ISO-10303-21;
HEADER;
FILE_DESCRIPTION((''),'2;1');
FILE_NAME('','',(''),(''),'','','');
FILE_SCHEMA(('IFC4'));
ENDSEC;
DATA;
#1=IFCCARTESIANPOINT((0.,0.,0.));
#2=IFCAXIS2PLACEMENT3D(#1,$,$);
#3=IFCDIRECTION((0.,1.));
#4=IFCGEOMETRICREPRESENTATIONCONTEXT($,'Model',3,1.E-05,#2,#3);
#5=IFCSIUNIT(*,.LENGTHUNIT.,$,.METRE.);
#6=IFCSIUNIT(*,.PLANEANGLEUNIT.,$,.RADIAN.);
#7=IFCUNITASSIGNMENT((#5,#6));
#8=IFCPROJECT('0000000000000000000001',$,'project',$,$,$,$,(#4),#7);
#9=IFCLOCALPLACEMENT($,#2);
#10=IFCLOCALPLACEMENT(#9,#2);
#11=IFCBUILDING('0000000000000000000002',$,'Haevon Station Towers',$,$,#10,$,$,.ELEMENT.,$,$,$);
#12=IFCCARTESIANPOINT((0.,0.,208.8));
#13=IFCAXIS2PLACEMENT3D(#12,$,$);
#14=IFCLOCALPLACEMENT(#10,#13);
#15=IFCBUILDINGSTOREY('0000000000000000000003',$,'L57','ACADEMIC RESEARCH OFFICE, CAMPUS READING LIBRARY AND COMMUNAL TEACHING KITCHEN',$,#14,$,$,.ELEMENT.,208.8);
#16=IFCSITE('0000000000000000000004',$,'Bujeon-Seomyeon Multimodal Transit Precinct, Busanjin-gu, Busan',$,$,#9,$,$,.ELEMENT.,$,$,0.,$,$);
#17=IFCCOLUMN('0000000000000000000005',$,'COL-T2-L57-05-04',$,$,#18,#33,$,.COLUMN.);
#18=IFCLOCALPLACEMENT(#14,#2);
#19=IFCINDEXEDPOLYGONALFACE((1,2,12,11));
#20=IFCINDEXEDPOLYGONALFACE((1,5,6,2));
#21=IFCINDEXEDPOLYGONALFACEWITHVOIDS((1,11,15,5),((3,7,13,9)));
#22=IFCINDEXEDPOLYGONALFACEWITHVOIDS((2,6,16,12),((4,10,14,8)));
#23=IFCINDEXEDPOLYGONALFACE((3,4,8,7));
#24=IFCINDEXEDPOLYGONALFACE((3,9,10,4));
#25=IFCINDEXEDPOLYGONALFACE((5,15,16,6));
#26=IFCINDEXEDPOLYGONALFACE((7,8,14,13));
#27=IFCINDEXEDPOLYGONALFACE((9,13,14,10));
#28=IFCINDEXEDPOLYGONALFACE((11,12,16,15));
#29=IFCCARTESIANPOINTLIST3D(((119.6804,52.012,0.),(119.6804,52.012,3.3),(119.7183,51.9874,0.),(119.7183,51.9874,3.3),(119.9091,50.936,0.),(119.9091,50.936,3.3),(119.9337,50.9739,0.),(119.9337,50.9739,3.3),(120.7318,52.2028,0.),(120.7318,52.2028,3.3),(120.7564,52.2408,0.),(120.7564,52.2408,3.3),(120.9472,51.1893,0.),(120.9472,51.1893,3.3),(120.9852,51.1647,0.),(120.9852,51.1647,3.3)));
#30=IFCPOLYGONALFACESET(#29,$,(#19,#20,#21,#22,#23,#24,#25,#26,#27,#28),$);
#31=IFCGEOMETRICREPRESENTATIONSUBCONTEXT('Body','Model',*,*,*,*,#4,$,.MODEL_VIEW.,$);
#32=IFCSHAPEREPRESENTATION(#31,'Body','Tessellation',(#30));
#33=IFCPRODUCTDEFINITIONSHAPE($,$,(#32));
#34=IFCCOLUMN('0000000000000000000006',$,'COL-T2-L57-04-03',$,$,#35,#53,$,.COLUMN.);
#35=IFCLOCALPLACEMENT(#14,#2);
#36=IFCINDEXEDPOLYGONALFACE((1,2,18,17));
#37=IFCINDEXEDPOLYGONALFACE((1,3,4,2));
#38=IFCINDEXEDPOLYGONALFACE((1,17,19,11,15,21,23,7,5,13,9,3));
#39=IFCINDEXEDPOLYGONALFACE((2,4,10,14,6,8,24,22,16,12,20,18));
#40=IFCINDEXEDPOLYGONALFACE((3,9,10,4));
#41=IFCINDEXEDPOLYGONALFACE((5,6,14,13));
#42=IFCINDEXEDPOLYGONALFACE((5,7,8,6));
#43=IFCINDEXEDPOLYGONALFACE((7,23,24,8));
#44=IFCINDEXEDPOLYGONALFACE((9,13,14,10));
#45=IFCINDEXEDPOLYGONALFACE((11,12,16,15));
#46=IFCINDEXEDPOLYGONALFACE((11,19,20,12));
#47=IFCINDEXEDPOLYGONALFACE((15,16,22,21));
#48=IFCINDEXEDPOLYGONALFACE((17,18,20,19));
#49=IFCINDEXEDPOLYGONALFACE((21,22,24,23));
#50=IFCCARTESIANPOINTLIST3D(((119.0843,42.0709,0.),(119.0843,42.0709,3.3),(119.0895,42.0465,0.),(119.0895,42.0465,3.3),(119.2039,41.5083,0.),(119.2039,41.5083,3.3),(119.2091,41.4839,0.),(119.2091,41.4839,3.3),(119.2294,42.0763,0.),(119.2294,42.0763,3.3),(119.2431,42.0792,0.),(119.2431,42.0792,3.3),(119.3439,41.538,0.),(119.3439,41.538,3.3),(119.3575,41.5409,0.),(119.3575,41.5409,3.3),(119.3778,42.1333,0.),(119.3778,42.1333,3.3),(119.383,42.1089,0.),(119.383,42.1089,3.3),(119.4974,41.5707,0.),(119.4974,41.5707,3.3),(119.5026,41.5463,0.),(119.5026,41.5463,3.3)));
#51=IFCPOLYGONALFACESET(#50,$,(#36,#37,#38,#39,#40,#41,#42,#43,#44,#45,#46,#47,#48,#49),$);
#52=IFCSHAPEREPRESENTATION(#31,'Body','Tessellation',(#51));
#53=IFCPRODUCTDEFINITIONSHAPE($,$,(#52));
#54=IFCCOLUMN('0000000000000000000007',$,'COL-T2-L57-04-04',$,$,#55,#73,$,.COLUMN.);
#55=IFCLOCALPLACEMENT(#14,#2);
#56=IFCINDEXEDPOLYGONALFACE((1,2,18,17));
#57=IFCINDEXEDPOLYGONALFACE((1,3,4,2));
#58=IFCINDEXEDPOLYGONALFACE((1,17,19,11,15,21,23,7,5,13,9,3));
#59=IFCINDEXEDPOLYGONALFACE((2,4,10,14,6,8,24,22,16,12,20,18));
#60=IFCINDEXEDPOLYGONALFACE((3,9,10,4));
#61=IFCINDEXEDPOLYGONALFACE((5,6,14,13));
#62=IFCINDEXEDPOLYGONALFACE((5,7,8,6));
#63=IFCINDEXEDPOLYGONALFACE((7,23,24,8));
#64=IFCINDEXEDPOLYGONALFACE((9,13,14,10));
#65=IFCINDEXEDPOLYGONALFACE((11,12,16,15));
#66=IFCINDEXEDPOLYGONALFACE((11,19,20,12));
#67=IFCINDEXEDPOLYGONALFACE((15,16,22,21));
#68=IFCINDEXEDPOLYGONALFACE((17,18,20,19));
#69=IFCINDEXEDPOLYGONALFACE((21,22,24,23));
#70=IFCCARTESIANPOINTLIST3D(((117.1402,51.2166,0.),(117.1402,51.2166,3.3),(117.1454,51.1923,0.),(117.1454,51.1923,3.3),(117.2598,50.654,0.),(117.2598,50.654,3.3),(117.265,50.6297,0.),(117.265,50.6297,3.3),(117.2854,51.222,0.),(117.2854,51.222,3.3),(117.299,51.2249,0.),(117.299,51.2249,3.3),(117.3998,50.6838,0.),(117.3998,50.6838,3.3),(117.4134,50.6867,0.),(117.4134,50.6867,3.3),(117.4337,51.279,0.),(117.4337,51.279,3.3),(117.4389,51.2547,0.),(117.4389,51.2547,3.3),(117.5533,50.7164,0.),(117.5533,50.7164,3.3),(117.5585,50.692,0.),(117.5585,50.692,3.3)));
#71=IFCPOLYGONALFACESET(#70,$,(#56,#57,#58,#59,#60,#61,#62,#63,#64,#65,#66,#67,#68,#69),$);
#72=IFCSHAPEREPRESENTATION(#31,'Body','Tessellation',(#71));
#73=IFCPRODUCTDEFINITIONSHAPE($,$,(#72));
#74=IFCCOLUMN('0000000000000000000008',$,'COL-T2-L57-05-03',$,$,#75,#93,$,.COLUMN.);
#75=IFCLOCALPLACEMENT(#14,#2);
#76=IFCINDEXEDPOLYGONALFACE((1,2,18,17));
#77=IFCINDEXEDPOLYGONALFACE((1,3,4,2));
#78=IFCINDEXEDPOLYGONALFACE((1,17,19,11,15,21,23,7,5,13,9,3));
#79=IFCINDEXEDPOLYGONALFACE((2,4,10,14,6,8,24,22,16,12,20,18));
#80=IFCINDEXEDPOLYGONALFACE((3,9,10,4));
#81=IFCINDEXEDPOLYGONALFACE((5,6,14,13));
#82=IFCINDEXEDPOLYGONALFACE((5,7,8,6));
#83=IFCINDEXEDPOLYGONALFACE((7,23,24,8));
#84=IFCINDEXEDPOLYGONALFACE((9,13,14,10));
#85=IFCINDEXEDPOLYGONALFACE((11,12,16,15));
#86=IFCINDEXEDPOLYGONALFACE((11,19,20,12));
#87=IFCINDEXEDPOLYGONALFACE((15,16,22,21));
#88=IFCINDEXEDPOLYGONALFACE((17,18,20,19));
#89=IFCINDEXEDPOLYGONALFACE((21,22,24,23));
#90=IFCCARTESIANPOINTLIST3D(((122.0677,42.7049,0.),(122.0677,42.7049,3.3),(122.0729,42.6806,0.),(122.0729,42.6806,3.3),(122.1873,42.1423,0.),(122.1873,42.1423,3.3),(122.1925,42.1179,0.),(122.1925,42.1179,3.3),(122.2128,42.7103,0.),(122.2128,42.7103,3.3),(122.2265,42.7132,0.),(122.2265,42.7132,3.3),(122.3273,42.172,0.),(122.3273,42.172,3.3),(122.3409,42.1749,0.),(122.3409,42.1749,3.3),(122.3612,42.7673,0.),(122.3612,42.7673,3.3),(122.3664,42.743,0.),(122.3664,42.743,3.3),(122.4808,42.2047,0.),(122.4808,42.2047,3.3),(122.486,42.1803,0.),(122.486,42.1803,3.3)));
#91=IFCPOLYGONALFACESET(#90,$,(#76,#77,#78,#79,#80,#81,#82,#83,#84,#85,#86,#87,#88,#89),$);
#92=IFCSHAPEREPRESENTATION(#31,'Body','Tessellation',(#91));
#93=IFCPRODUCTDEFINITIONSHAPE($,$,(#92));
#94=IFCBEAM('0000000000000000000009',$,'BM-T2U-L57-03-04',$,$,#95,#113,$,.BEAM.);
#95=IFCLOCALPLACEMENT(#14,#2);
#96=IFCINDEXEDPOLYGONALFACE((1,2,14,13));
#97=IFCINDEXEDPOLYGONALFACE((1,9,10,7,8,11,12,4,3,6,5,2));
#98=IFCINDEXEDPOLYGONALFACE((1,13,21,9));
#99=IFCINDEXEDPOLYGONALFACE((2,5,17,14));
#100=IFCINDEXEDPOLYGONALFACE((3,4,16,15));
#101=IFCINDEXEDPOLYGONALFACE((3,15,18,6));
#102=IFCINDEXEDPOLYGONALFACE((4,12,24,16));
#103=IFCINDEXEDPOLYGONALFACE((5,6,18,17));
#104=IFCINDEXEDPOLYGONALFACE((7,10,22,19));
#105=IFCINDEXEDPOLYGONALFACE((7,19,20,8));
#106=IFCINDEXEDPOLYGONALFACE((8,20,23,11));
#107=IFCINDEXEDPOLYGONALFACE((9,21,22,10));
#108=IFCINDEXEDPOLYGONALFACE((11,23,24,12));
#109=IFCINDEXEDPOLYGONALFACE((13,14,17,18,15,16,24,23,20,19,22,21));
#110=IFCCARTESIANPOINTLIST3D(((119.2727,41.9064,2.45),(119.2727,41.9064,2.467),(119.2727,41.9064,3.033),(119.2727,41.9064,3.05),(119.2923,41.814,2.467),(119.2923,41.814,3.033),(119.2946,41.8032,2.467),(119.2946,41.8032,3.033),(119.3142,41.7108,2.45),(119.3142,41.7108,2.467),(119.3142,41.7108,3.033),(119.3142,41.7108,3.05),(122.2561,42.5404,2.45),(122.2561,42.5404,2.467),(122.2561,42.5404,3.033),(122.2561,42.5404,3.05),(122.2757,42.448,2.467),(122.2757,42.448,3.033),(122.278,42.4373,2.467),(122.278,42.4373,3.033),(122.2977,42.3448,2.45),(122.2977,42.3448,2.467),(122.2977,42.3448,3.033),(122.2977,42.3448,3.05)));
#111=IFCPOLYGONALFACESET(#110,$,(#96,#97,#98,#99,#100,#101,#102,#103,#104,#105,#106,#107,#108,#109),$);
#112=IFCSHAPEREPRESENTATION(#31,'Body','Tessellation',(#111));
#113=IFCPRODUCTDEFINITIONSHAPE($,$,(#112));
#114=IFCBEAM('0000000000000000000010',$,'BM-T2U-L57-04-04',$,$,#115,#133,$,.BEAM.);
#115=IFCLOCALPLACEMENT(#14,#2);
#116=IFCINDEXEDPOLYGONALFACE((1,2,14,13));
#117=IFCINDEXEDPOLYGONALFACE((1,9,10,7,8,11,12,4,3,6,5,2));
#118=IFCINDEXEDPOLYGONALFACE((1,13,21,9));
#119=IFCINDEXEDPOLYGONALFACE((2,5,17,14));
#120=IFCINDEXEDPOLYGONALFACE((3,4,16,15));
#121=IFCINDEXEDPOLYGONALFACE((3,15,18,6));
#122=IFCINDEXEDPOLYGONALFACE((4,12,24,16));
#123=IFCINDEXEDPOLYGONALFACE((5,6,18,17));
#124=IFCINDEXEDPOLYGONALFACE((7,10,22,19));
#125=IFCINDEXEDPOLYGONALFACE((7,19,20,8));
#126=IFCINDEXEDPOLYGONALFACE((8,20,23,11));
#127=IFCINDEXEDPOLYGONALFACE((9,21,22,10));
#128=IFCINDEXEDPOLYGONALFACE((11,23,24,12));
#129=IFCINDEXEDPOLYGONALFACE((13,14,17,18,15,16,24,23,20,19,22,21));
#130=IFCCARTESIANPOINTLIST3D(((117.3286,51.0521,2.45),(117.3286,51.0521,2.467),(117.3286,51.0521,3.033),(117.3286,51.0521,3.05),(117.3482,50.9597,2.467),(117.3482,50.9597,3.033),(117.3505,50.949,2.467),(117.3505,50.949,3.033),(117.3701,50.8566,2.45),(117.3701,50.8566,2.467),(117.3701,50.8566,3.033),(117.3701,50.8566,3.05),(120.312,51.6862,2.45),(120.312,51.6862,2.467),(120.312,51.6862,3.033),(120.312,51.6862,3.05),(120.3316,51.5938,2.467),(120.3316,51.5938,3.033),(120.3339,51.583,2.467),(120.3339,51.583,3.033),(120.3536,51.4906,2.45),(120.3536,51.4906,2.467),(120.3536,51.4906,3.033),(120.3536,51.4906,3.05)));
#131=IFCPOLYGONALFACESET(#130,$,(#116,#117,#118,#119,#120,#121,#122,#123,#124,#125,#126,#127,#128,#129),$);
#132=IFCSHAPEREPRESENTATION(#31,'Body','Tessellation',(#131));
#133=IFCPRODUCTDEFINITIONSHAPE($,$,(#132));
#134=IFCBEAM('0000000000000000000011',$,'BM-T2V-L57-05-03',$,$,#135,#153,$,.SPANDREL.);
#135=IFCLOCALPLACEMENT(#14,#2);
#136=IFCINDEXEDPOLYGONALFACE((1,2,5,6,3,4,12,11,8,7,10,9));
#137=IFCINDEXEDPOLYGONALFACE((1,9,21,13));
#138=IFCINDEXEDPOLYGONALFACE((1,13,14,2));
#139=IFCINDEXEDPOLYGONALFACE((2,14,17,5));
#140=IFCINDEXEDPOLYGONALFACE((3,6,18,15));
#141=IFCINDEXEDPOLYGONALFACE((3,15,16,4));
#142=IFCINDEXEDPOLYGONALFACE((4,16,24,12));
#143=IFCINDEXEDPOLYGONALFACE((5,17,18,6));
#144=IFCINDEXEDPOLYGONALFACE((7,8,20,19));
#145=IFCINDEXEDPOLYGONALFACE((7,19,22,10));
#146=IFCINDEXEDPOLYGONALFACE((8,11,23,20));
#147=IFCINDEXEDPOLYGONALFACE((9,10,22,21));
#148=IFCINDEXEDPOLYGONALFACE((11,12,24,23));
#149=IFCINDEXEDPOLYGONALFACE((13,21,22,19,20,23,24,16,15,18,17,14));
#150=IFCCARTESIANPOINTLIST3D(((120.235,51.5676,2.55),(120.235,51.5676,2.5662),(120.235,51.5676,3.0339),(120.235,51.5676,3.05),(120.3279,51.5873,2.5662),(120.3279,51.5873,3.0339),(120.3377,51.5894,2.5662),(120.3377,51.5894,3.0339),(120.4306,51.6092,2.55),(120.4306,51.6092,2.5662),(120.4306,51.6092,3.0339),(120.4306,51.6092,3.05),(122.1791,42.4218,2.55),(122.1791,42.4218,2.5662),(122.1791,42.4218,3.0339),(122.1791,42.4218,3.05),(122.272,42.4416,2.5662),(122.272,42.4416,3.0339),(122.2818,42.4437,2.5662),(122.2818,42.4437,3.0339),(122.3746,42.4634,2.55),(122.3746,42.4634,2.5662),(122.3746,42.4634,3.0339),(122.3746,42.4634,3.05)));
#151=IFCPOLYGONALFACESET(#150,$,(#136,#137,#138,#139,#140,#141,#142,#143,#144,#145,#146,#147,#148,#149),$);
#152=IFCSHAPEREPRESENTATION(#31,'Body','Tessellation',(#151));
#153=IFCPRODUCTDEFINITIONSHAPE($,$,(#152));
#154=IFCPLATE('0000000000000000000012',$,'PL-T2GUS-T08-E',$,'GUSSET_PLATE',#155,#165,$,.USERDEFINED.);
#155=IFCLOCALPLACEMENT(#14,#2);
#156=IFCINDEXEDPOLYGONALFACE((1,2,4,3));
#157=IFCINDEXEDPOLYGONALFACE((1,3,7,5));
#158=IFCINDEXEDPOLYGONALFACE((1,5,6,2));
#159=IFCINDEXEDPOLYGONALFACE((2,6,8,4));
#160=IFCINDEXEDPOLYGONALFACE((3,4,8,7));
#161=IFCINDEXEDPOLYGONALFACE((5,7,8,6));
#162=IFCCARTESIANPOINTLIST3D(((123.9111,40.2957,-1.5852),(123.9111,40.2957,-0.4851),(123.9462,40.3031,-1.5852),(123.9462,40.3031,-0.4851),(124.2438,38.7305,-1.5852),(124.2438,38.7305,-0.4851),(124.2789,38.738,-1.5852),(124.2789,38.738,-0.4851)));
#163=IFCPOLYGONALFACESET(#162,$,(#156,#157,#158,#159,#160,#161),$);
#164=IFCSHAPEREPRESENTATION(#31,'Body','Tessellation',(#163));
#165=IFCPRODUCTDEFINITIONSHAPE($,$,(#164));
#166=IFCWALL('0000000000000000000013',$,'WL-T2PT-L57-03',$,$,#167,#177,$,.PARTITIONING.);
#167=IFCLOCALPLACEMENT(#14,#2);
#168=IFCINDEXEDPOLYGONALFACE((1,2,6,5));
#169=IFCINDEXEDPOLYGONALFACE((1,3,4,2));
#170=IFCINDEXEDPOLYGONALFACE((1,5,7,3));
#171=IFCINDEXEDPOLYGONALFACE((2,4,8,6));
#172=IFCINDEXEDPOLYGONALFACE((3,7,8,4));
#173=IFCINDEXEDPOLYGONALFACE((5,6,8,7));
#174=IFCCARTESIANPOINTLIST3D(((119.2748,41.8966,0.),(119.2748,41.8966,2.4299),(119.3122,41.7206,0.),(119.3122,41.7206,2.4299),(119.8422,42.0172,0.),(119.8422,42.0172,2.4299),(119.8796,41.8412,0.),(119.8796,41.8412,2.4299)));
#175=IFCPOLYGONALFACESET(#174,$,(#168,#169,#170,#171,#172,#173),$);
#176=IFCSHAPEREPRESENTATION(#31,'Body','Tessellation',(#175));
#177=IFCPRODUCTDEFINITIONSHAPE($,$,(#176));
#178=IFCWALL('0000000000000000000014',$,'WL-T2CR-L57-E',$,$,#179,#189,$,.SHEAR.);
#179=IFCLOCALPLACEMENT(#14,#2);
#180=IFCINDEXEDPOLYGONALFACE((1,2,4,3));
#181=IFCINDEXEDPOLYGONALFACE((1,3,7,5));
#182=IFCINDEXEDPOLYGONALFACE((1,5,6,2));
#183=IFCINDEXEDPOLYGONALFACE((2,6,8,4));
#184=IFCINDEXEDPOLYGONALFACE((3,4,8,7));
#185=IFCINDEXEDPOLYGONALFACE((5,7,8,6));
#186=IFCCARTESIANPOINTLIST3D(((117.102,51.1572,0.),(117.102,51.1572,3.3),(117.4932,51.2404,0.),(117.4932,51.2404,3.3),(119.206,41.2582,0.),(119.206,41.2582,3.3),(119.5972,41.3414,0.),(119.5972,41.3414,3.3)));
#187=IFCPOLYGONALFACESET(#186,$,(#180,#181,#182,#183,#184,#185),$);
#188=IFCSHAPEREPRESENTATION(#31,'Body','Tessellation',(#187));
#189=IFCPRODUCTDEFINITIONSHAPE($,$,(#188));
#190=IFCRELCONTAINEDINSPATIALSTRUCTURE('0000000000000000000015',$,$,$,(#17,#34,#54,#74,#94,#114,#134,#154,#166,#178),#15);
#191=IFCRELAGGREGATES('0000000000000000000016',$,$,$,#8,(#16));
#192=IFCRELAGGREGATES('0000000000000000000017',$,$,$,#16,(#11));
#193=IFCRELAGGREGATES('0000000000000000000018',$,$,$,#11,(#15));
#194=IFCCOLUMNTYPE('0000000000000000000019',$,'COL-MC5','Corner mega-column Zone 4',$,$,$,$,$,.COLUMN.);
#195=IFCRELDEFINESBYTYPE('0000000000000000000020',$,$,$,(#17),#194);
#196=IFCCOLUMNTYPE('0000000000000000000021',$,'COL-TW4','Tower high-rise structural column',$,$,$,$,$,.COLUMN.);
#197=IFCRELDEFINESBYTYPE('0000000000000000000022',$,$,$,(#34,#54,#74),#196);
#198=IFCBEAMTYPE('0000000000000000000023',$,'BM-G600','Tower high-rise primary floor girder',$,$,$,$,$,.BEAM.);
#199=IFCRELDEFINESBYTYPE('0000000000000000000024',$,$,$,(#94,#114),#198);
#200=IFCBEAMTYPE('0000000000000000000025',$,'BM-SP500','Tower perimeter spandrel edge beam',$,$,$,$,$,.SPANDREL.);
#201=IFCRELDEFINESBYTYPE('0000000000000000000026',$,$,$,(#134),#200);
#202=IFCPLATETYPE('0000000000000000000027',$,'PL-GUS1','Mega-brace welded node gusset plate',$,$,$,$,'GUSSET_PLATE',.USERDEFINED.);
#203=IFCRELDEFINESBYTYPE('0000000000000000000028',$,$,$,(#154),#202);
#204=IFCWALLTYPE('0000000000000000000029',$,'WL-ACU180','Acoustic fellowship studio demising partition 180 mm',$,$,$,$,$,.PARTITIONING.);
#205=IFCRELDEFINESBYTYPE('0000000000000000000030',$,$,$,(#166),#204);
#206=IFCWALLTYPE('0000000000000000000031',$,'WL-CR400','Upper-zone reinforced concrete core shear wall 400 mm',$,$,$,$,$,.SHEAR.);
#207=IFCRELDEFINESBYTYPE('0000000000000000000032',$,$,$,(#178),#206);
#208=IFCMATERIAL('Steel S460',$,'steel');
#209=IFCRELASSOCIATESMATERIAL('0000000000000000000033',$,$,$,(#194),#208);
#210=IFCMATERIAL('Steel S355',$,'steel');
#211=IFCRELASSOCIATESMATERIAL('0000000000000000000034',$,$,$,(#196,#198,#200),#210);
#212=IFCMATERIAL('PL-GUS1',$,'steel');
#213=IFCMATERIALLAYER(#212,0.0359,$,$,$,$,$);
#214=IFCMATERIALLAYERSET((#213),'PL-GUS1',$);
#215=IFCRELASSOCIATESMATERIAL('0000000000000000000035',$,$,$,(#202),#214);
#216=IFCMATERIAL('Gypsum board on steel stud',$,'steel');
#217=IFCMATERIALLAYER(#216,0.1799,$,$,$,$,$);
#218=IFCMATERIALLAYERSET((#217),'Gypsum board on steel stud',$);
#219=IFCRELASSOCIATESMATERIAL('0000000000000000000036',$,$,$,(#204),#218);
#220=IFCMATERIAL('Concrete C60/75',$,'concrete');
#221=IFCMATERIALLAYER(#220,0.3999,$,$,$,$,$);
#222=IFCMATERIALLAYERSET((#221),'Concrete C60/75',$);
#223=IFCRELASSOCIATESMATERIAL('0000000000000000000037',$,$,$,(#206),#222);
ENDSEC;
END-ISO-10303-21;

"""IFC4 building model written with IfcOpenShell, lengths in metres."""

from ifc_helpers import new_model, si_unit, direction, frame, frame_2d, origin, origin_2d, place, context, subcontext, project, spatial, rectangle, hollow_rectangle, i_section, extrude, material, layer, layer_set, material_profile, profile_set, type_object, element, save


model = new_model("IFC4")

# Units and contexts
model_context = context("Model", 3, precision=1e-05, world=origin(), true_north=direction((0.0, 1.0)))
body_context = subcontext(model_context, "Body", "Model", "MODEL_VIEW")
ifc_project = project(units=[si_unit("LENGTHUNIT", "METRE"), si_unit("PLANEANGLEUNIT", "RADIAN")], contexts=[model_context])

# Site, building, storey
site_placement = place(None, origin())
site = spatial("IfcSite", under=ifc_project, at=site_placement, Name="Bujeon-Seomyeon Multimodal Transit Precinct, Busanjin-gu, Busan", CompositionType="ELEMENT", RefElevation=0.0)
building_placement = place(site_placement, origin())
building = spatial("IfcBuilding", under=site, at=building_placement, Name="Haevon Station Towers", CompositionType="ELEMENT")
storey_placement = place(building_placement, frame((0.0, 0.0, 208.8)))
storey = spatial("IfcBuildingStorey", under=building, at=storey_placement, Name="L57", Description="ACADEMIC RESEARCH OFFICE, CAMPUS READING LIBRARY AND COMMUNAL TEACHING KITCHEN", CompositionType="ELEMENT", Elevation=208.8)

# Columns
ifc_material_1 = material(Name="Steel S460", Category="steel")
ifc_material_profile_1 = material_profile(ifc_material_1, hollow_rectangle(XDim=1.1001, YDim=1.1001, WallThickness=0.032, at=origin_2d()), Name="BOX-1100x1100x32")
ifc_profile_set_1 = profile_set([ifc_material_profile_1], Name="Steel S460")
column_type_1 = type_object("IfcColumnType", Name="COL-MC5", Description="Corner mega-column Zone 4", PredefinedType="COLUMN", material=ifc_profile_set_1)
column_placement = place(storey_placement, frame((120.3328, 51.5884, 0.0), z_axis=(0.0, 0.0, 1.0), x_axis=(0.978148, 0.207912, 0.0)))
element("IfcColumn", 1, at=column_placement, inside=storey, type_object=column_type_1, Name="COL-T2-L57-05-04", PredefinedType="COLUMN", context=body_context, shape_type="SweptSolid", body=[
    extrude(hollow_rectangle(XDim=1.1001, YDim=1.1001, WallThickness=0.032, at=origin_2d()), origin(), (0.0, 0.0, 1.0), 3.3),
])
ifc_material_2 = material(Name="Steel S355", Category="steel")
ifc_material_profile_2 = material_profile(ifc_material_2, i_section(OverallWidth=0.3, OverallDepth=0.6001, WebThickness=0.0139, FlangeThickness=0.0249, at=origin_2d()), Name="H-600x300x14x25")
ifc_profile_set_2 = profile_set([ifc_material_profile_2], Name="Steel S355")
column_type_2 = type_object("IfcColumnType", Name="COL-TW4", Description="Tower high-rise structural column", PredefinedType="COLUMN", material=ifc_profile_set_2)
for number, where, z_axis, x_axis, name in (
    (2, (119.2935, 41.8086, 0.0), (0.0, 0.0, 1.0), (0.978148, 0.207912, 0.0), "COL-T2-L57-04-03"),
    (3, (117.3494, 50.9543, 0.0), (0.0, 0.0, 1.0), (0.978148, 0.207912, 0.0), "COL-T2-L57-04-04"),
    (4, (122.2769, 42.4426, 0.0), (0.0, 0.0, 1.0), (0.978148, 0.207912, 0.0), "COL-T2-L57-05-03"),
):
    element("IfcColumn", number, at=place(storey_placement, frame(where, z_axis=z_axis, x_axis=x_axis)), inside=storey, type_object=column_type_2, Name=name, PredefinedType="COLUMN", context=body_context, shape_type="SweptSolid", body=[
        extrude(i_section(OverallWidth=0.3, OverallDepth=0.6001, WebThickness=0.0139, FlangeThickness=0.0249, at=origin_2d()), origin(), (0.0, 0.0, 1.0), 3.3),
    ])

# Beams
ifc_material_profile_3 = material_profile(ifc_material_2, i_section(OverallWidth=0.2, OverallDepth=0.6001, WebThickness=0.011, FlangeThickness=0.0171, at=origin_2d()), Name="H-600x200x11x17")
ifc_profile_set_3 = profile_set([ifc_material_profile_3], Name="Steel S355")
beam_type_1 = type_object("IfcBeamType", Name="BM-G600", Description="Tower high-rise primary floor girder", PredefinedType="BEAM", material=ifc_profile_set_3)
for number, where, z_axis, x_axis, name in (
    (5, (119.2935, 41.8086, 2.75), (0.978155, 0.207878, 0.0), (-0.207878, 0.978155, 0.0), "BM-T2U-L57-03-04"),
    (6, (117.3494, 50.9543, 2.75), (0.978155, 0.207878, 0.0), (-0.207878, 0.978155, 0.0), "BM-T2U-L57-04-04"),
):
    element("IfcBeam", number, at=place(storey_placement, frame(where, z_axis=z_axis, x_axis=x_axis)), inside=storey, type_object=beam_type_1, Name=name, PredefinedType="BEAM", context=body_context, shape_type="SweptSolid", body=[
        extrude(i_section(OverallWidth=0.2, OverallDepth=0.6001, WebThickness=0.011, FlangeThickness=0.0171, at=origin_2d()), origin(), (0.0, 0.0, 1.0), 3.05),
    ])
ifc_material_profile_4 = material_profile(ifc_material_2, i_section(OverallWidth=0.2, OverallDepth=0.5, WebThickness=0.01, FlangeThickness=0.0161, at=origin_2d()), Name="H-500x200x10x16")
ifc_profile_set_4 = profile_set([ifc_material_profile_4], Name="Steel S355")
beam_type_2 = type_object("IfcBeamType", Name="BM-SP500", Description="Tower perimeter spandrel edge beam", PredefinedType="SPANDREL", material=ifc_profile_set_4)
beam_placement = place(storey_placement, frame((122.2769, 42.4426, 2.8), z_axis=(-0.207922, 0.978145, 0.0), x_axis=(-0.978145, -0.207922, 0.0)))
element("IfcBeam", 7, at=beam_placement, inside=storey, type_object=beam_type_2, Name="BM-T2V-L57-05-03", PredefinedType="SPANDREL", context=body_context, shape_type="SweptSolid", body=[
    extrude(i_section(OverallWidth=0.2, OverallDepth=0.5, WebThickness=0.01, FlangeThickness=0.0161, at=origin_2d()), origin(), (0.0, 0.0, 1.0), 9.3501),
])

# Plate
ifc_material_3 = material(Name="PL-GUS1", Category="steel")
ifc_layer_1 = layer(ifc_material_3, 0.0359)
ifc_layer_set_1 = layer_set([ifc_layer_1], Name="PL-GUS1")
plate_type = type_object("IfcPlateType", Name="PL-GUS1", Description="Mega-brace welded node gusset plate", ElementType="GUSSET_PLATE", PredefinedType="USERDEFINED", material=ifc_layer_set_1)
plate_placement = place(storey_placement, frame((124.095, 39.5168, -1.5852), z_axis=(0.0, 0.0, 1.0), x_axis=(-0.207912, 0.978148, 0.0)))
element("IfcPlate", 8, at=plate_placement, inside=storey, type_object=plate_type, Name="PL-T2GUS-T08-E", ObjectType="GUSSET_PLATE", PredefinedType="USERDEFINED", context=body_context, shape_type="SweptSolid", body=[
    extrude(rectangle(XDim=1.6001, YDim=0.0359, at=origin_2d()), origin(), (0.0, 0.0, 1.0), 1.1001),
])

# Walls
ifc_material_4 = material(Name="Gypsum board on steel stud", Category="steel")
ifc_layer_2 = layer(ifc_material_4, 0.1799)
ifc_layer_set_2 = layer_set([ifc_layer_2], Name="Gypsum board on steel stud")
wall_type_1 = type_object("IfcWallType", Name="WL-ACU180", Description="Acoustic fellowship studio demising partition 180 mm", PredefinedType="PARTITIONING", material=ifc_layer_set_2)
wall_1_placement = place(storey_placement, frame((119.2935, 41.8086, 0.0), z_axis=(0.0, 0.0, 1.0), x_axis=(0.978146, 0.207919, 0.0)))
element("IfcWall", 9, at=wall_1_placement, inside=storey, type_object=wall_type_1, Name="WL-T2PT-L57-03", PredefinedType="PARTITIONING", context=body_context, shape_type="SweptSolid", body=[
    extrude(rectangle(XDim=0.5801, YDim=0.1799, at=frame_2d((0.29, 0.0))), origin(), (0.0, 0.0, 1.0), 2.4299),
])
ifc_material_5 = material(Name="Concrete C60/75", Category="concrete")
ifc_layer_3 = layer(ifc_material_5, 0.3999)
ifc_layer_set_3 = layer_set([ifc_layer_3], Name="Concrete C60/75")
wall_type_2 = type_object("IfcWallType", Name="WL-CR400", Description="Upper-zone reinforced concrete core shear wall 400 mm", PredefinedType="SHEAR", material=ifc_layer_set_3)
wall_2_placement = place(storey_placement, frame((119.4016, 41.2998, 0.0), z_axis=(0.0, 0.0, 1.0), x_axis=(-0.207904, 0.978149, 0.0)))
element("IfcWall", 10, at=wall_2_placement, inside=storey, type_object=wall_type_2, Name="WL-T2CR-L57-E", PredefinedType="SHEAR", context=body_context, shape_type="SweptSolid", body=[
    extrude(rectangle(XDim=10.1201, YDim=0.3999, at=frame_2d((5.0601, 0.0))), origin(), (0.0, 0.0, 1.0), 3.3),
])

save(model, "model.ifc")
